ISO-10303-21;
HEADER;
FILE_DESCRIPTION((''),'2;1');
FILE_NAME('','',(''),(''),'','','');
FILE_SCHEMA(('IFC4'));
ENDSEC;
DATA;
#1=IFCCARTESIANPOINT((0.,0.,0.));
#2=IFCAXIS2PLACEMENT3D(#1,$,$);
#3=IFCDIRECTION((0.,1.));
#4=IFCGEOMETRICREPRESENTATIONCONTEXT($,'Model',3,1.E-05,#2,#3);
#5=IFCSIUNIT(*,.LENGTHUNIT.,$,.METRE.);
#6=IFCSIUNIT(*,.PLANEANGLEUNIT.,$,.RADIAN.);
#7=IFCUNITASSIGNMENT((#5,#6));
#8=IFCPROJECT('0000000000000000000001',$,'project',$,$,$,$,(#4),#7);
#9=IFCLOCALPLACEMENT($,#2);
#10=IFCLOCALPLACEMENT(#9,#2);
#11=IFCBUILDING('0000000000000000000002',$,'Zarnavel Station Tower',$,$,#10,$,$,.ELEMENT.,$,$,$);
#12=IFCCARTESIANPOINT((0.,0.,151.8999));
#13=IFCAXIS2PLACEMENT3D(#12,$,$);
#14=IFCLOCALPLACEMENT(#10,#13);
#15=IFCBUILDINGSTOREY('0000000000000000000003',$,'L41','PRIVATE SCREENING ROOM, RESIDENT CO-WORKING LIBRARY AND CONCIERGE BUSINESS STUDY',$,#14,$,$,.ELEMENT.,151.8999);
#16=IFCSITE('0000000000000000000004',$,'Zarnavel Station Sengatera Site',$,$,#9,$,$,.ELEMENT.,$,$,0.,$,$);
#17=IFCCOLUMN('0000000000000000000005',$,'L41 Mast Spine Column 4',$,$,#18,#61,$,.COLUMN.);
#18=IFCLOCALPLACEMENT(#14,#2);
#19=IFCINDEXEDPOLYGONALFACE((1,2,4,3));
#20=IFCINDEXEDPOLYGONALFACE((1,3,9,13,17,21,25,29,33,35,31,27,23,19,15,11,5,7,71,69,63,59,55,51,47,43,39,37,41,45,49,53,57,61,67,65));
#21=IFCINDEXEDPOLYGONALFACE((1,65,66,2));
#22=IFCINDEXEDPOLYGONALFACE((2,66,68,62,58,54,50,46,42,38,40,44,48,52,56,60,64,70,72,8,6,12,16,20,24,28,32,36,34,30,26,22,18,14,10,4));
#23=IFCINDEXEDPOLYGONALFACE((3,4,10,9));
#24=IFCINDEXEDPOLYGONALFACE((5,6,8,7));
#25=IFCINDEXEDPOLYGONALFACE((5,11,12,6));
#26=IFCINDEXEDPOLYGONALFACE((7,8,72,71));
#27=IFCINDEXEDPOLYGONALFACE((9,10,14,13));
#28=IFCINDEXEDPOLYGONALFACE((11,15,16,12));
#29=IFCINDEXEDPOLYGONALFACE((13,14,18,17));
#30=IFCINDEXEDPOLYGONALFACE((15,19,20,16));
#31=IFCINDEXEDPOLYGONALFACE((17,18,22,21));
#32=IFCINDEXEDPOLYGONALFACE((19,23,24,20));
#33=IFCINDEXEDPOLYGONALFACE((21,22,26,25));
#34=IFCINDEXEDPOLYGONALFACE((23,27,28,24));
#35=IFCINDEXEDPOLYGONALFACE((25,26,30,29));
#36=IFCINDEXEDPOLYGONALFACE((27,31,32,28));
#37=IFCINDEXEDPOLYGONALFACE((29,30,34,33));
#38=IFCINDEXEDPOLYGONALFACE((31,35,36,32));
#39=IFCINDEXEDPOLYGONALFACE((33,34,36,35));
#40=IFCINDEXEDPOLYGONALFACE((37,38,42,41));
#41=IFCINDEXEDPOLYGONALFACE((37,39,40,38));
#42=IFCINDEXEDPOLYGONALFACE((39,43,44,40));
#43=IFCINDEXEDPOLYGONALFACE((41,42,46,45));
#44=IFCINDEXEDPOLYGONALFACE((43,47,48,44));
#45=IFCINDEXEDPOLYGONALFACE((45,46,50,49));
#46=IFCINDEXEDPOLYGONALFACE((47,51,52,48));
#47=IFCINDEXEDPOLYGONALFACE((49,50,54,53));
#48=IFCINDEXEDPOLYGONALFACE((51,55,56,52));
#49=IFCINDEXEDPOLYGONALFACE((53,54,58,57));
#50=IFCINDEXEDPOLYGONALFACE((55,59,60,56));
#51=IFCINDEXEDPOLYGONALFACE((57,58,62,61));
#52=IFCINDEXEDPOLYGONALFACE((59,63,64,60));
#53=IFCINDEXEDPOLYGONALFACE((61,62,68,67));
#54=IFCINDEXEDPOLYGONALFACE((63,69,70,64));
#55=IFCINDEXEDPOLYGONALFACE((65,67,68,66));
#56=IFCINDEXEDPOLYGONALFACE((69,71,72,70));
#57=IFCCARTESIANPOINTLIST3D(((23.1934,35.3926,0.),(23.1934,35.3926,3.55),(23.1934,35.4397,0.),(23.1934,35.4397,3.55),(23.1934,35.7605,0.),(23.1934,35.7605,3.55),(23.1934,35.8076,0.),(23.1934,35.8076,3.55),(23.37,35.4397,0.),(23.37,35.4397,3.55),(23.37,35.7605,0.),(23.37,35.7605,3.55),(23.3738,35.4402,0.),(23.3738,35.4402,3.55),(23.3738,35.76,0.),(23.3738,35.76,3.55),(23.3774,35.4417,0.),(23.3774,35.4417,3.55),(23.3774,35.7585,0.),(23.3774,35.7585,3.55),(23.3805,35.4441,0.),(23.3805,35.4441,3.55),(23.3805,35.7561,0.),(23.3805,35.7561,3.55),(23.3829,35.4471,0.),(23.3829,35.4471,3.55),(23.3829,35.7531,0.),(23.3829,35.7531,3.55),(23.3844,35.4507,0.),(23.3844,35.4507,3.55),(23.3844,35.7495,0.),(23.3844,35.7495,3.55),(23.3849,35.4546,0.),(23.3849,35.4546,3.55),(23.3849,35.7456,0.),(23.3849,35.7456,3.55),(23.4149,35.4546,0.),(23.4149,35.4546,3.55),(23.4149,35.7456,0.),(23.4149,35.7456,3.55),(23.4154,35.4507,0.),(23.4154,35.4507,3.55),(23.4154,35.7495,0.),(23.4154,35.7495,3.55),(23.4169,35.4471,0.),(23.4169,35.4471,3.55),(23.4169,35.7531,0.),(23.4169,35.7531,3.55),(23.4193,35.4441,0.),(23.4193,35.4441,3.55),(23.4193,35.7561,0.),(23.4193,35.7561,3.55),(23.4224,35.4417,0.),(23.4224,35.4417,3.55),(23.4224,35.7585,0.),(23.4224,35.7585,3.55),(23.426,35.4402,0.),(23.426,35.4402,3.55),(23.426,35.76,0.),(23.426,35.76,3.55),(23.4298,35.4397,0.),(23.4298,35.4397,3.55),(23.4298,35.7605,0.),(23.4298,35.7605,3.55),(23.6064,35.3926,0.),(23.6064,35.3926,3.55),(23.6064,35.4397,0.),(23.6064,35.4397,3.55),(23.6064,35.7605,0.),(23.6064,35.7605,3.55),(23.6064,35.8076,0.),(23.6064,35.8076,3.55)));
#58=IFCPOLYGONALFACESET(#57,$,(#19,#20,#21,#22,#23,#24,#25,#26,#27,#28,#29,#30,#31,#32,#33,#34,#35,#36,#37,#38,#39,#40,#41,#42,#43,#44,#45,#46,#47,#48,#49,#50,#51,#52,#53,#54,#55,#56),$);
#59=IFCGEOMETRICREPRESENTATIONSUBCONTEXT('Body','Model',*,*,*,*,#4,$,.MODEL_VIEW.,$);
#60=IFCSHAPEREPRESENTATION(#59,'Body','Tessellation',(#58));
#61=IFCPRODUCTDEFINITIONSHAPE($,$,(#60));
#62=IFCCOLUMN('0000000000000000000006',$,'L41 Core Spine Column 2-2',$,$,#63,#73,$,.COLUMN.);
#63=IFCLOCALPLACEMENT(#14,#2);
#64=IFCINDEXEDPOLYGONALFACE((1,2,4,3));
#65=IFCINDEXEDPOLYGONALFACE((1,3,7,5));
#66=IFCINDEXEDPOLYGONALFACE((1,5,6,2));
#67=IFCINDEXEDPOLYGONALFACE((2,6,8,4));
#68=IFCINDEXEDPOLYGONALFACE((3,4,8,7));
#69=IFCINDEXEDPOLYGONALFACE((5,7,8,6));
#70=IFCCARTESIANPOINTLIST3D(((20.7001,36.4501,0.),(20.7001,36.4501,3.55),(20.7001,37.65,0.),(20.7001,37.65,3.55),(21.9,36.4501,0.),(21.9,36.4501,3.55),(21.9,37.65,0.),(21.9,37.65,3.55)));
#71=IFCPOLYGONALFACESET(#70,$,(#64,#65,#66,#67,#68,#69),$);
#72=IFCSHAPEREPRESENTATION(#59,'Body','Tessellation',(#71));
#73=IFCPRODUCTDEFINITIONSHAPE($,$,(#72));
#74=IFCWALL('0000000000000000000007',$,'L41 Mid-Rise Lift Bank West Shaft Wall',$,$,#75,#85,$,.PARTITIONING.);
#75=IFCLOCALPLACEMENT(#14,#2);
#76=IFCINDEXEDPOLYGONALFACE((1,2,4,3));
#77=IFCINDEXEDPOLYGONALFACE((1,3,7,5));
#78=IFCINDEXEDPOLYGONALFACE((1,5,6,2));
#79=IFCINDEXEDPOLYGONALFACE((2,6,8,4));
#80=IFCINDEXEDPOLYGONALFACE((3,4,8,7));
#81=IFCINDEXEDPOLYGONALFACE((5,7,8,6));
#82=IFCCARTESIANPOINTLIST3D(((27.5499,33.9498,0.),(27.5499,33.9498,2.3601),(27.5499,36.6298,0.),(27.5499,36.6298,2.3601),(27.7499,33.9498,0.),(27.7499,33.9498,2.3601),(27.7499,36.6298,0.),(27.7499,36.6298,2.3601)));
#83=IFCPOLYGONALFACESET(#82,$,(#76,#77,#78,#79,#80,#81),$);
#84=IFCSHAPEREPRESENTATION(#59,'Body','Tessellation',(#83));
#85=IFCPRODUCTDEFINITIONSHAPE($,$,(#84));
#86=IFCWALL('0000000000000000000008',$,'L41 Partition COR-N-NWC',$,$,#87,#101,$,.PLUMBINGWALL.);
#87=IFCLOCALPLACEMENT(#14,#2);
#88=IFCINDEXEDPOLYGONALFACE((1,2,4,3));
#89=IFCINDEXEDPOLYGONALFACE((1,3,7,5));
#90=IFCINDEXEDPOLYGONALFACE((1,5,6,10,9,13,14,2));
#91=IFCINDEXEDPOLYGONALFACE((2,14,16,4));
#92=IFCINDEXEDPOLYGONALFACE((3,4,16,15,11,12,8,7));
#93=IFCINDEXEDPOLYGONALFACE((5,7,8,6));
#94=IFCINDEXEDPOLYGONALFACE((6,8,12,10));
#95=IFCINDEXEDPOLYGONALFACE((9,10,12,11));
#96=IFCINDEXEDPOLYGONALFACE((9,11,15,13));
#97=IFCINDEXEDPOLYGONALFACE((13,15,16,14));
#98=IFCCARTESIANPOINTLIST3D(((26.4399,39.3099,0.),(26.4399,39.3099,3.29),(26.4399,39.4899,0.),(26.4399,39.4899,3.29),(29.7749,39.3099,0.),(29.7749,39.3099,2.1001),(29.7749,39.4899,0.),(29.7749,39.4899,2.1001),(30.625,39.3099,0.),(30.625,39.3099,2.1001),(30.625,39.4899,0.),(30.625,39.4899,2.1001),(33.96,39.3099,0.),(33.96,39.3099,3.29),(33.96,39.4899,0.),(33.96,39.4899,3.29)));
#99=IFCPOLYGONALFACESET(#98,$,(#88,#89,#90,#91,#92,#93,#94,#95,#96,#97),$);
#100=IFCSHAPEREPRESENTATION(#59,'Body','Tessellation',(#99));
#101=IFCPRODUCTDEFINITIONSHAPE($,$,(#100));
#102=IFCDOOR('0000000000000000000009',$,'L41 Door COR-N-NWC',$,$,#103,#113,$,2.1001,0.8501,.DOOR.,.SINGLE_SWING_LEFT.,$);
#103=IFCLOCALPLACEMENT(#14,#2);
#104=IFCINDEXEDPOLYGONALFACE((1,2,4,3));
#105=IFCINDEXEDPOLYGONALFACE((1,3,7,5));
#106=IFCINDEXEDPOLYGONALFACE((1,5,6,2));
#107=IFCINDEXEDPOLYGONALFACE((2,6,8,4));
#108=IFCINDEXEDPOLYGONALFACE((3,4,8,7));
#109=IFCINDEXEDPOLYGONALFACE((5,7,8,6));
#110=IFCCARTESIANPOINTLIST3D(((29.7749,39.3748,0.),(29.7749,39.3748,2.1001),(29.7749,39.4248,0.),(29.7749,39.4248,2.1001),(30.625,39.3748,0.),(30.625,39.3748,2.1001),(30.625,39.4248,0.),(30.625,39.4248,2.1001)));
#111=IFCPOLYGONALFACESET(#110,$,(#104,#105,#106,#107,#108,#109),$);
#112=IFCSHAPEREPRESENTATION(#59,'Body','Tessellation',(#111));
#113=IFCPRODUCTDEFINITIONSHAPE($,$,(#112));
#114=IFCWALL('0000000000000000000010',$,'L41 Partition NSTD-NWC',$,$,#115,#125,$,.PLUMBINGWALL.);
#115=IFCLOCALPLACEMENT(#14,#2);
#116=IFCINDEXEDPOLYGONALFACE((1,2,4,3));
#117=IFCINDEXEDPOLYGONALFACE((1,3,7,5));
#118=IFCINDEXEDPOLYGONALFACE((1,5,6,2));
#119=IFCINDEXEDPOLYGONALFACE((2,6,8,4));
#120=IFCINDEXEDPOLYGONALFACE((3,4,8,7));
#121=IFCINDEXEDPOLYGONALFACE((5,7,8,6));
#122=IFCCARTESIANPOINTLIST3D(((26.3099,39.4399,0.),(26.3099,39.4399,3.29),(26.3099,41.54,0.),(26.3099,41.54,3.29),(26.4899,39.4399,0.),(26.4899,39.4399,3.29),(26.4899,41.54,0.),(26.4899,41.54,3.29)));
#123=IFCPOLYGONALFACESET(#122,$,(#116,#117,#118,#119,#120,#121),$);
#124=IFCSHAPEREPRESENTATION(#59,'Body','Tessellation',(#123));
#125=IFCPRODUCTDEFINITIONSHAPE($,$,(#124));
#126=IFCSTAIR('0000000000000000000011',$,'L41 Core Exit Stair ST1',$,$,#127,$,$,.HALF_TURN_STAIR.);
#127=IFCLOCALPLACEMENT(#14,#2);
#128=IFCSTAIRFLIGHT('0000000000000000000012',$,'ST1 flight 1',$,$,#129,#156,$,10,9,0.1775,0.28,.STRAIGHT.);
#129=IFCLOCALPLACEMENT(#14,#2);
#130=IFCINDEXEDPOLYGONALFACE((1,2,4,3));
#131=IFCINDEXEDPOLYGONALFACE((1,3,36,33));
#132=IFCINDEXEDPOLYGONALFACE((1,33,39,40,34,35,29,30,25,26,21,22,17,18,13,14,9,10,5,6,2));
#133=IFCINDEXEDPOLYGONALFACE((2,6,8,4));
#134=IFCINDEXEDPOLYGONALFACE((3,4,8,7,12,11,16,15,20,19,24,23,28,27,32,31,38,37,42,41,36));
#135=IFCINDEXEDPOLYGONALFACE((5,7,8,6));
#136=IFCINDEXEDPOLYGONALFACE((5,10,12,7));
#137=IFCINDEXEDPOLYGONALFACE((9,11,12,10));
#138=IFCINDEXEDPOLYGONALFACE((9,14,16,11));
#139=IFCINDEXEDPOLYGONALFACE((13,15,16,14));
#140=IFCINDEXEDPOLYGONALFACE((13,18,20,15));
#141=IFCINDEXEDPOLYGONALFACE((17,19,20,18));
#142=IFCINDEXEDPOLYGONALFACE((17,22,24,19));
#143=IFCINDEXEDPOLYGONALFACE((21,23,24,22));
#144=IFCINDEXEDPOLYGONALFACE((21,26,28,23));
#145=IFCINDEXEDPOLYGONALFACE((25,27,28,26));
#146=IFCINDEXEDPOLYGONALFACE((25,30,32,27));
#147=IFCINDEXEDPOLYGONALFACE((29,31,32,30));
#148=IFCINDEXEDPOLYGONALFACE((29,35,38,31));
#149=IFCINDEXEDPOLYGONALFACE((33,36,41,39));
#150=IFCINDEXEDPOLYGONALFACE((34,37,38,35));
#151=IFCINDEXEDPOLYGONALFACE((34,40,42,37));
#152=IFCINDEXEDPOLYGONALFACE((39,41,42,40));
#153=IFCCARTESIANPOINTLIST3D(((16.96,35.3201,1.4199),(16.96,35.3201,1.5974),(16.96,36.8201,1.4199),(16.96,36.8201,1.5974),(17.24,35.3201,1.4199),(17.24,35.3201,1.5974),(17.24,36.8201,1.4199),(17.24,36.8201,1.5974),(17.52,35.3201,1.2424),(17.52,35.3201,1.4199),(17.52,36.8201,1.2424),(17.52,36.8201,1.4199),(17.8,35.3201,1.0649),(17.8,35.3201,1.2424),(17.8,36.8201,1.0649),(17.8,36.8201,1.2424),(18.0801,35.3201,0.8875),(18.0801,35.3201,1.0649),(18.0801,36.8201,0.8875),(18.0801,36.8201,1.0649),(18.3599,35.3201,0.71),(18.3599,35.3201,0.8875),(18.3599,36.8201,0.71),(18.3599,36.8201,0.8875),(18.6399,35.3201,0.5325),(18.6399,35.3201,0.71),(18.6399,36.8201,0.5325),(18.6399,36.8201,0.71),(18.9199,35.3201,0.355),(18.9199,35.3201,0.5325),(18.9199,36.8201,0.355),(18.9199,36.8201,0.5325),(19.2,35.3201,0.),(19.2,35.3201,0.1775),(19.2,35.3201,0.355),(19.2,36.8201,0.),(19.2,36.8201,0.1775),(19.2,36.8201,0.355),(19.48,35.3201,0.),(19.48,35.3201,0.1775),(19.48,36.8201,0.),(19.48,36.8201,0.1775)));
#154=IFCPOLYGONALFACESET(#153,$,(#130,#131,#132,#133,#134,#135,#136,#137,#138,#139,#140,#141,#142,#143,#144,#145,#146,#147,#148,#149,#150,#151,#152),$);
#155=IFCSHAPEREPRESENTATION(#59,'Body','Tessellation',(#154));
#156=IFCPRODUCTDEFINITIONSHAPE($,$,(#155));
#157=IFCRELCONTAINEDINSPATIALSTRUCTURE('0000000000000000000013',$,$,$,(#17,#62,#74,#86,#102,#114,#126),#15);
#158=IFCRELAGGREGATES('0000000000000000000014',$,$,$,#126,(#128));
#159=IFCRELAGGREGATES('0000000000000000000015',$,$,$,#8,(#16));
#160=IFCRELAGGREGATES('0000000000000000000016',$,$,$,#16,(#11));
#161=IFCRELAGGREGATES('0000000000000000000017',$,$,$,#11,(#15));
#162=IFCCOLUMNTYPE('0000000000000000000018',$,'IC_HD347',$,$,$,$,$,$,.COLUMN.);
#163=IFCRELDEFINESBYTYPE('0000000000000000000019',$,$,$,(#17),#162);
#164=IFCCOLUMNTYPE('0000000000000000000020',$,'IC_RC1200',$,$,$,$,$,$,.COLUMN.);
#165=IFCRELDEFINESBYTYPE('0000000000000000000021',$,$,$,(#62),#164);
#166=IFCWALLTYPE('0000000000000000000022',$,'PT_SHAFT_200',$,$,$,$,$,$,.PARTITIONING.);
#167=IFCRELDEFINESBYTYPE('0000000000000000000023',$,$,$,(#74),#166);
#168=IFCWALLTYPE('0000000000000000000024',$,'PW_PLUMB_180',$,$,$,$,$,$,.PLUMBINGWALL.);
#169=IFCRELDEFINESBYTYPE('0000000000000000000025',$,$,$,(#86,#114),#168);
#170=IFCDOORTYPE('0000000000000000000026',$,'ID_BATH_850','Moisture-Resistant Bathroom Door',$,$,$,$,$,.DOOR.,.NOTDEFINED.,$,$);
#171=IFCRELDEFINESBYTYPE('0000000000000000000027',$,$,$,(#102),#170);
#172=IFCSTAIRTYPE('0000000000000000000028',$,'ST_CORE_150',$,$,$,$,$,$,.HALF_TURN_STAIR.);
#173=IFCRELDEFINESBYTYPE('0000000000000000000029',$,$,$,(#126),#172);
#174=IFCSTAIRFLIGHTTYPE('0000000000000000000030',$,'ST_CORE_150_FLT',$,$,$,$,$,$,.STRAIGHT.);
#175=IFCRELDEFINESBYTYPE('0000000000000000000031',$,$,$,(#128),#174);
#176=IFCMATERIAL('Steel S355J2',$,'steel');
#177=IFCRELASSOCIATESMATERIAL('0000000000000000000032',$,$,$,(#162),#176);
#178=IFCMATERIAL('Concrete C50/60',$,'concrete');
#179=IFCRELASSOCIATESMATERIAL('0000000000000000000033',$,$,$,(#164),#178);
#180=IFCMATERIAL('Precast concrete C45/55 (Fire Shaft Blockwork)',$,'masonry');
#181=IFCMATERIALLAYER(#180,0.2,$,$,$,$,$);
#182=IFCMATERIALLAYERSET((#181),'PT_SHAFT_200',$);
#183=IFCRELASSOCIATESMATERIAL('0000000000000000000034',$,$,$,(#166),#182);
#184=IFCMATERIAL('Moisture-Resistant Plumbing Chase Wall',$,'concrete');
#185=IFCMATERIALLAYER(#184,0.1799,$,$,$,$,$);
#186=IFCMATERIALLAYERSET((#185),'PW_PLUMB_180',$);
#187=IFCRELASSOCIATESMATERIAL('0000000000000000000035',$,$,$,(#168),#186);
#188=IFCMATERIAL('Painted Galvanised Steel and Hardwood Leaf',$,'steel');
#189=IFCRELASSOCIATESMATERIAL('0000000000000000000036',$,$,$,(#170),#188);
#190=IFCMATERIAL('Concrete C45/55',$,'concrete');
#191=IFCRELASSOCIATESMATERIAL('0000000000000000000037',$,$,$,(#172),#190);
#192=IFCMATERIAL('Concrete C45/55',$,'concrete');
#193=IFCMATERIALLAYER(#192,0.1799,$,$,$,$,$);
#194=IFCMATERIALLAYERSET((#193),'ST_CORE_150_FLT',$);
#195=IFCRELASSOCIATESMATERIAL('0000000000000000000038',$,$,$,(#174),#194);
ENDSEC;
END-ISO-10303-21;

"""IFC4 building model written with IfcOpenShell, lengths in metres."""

from ifc_helpers import new_model, si_unit, direction, frame, frame_2d, origin, origin_2d, place, context, subcontext, project, spatial, polyline, rectangle, i_section, outline, extrude, material, layer, layer_set, material_profile, profile_set, type_object, element, fill, aggregate, save


model = new_model("IFC4")

# Units and contexts
model_context = context("Model", 3, precision=1e-05, world=origin(), true_north=direction((0.0, 1.0)))
body_context = subcontext(model_context, "Body", "Model", "MODEL_VIEW")
ifc_project = project(units=[si_unit("LENGTHUNIT", "METRE"), si_unit("PLANEANGLEUNIT", "RADIAN")], contexts=[model_context])

# Site, building, storey
site_placement = place(None, origin())
site = spatial("IfcSite", under=ifc_project, at=site_placement, Name="Zarnavel Station Sengatera Site", CompositionType="ELEMENT", RefElevation=0.0)
building_placement = place(site_placement, origin())
building = spatial("IfcBuilding", under=site, at=building_placement, Name="Zarnavel Station Tower", CompositionType="ELEMENT")
storey_placement = place(building_placement, frame((0.0, 0.0, 151.8999)))
storey = spatial("IfcBuildingStorey", under=building, at=storey_placement, Name="L41", Description="PRIVATE SCREENING ROOM, RESIDENT CO-WORKING LIBRARY AND CONCIERGE BUSINESS STUDY", CompositionType="ELEMENT", Elevation=151.8999)

# Columns
ifc_material_1 = material(Name="Steel S355J2", Category="steel")
ifc_material_profile_1 = material_profile(ifc_material_1, i_section(OverallWidth=0.4131, OverallDepth=0.415, WebThickness=0.03, FlangeThickness=0.0471, FilletRadius=0.0149, at=origin_2d()), Name="HD400x347")
ifc_profile_set_1 = profile_set([ifc_material_profile_1], Name="Steel S355J2")
column_type_1 = type_object("IfcColumnType", Name="IC_HD347", PredefinedType="COLUMN", material=ifc_profile_set_1)
column_1_placement = place(storey_placement, frame((23.3999, 35.6001, 0.0), z_axis=(0.0, 0.0, 1.0), x_axis=(1.0, 0.0, 0.0)))
element("IfcColumn", 1, at=column_1_placement, inside=storey, type_object=column_type_1, Name="L41 Mast Spine Column 4", PredefinedType="COLUMN", context=body_context, shape_type="SweptSolid", body=[
    extrude(i_section(OverallWidth=0.4131, OverallDepth=0.415, WebThickness=0.03, FlangeThickness=0.0471, FilletRadius=0.0149, at=origin_2d()), origin(), (0.0, 0.0, 1.0), 3.55),
])
ifc_material_2 = material(Name="Concrete C50/60", Category="concrete")
ifc_material_profile_2 = material_profile(ifc_material_2, rectangle(XDim=1.2, YDim=1.2, at=origin_2d()), Name="RC1200x1200")
ifc_profile_set_2 = profile_set([ifc_material_profile_2], Name="Concrete C50/60")
column_type_2 = type_object("IfcColumnType", Name="IC_RC1200", PredefinedType="COLUMN", material=ifc_profile_set_2)
column_2_placement = place(storey_placement, frame((21.3, 37.05, 0.0), z_axis=(0.0, 0.0, 1.0), x_axis=(1.0, 0.0, 0.0)))
element("IfcColumn", 2, at=column_2_placement, inside=storey, type_object=column_type_2, Name="L41 Core Spine Column 2-2", PredefinedType="COLUMN", context=body_context, shape_type="SweptSolid", body=[
    extrude(rectangle(XDim=1.2, YDim=1.2, at=origin_2d()), origin(), (0.0, 0.0, 1.0), 3.55),
])

# Shared definitions
ifc_material_3 = material(Name="Precast concrete C45/55 (Fire Shaft Blockwork)", Category="masonry")
ifc_layer_1 = layer(ifc_material_3, 0.2)
ifc_layer_set_1 = layer_set([ifc_layer_1], Name="PT_SHAFT_200")
wall_type_1 = type_object("IfcWallType", Name="PT_SHAFT_200", PredefinedType="PARTITIONING", material=ifc_layer_set_1)

# Wall
wall_1_placement = place(storey_placement, frame((27.6499, 33.95, 0.0), z_axis=(0.0, 0.0, 1.0), x_axis=(0.0, 1.0, 0.0)))
element("IfcWall", 3, at=wall_1_placement, inside=storey, type_object=wall_type_1, Name="L41 Mid-Rise Lift Bank West Shaft Wall", PredefinedType="PARTITIONING", context=body_context, shape_type="SweptSolid", body=[
    extrude(rectangle(XDim=2.6799, YDim=0.2, at=frame_2d((1.3398, 0.0))), origin(), (0.0, 0.0, 1.0), 2.3601),
])

# Wall, opening, door
ifc_material_4 = material(Name="Moisture-Resistant Plumbing Chase Wall", Category="concrete")
ifc_layer_2 = layer(ifc_material_4, 0.1799)
ifc_layer_set_2 = layer_set([ifc_layer_2], Name="PW_PLUMB_180")
wall_type_2 = type_object("IfcWallType", Name="PW_PLUMB_180", PredefinedType="PLUMBINGWALL", material=ifc_layer_set_2)
wall_2_placement = place(storey_placement, frame((26.4399, 39.3999, 0.0), z_axis=(0.0, 0.0, 1.0), x_axis=(1.0, 0.0, 0.0)))
wall_2 = element("IfcWall", 4, at=wall_2_placement, inside=storey, type_object=wall_type_2, Name="L41 Partition COR-N-NWC", PredefinedType="PLUMBINGWALL", context=body_context, shape_type="SweptSolid", body=[
    extrude(rectangle(XDim=7.52, YDim=0.1799, at=frame_2d((3.76, 0.0))), origin(), (0.0, 0.0, 1.0), 3.29),
])
opening_1_placement = place(wall_2_placement, frame((3.335, 0.0, 0.0)))
opening_1 = element("IfcOpeningElement", 5, at=opening_1_placement, cuts=wall_2, PredefinedType="OPENING", context=body_context, shape_type="SweptSolid", body=[
    extrude(rectangle(XDim=0.8501, YDim=2.1001, at=frame_2d((0.425, 1.05))), frame((0.0, 0.0999, 0.0), z_axis=(0.0, -1.0, 0.0), x_axis=(1.0, 0.0, 0.0)), (0.0, 0.0, 1.0), 0.2),
])
ifc_material_5 = material(Name="Painted Galvanised Steel and Hardwood Leaf", Category="steel")
door_type_1 = type_object("IfcDoorType", Name="ID_BATH_850", Description="Moisture-Resistant Bathroom Door", OperationType="NOTDEFINED", PredefinedType="DOOR", material=ifc_material_5)
door_1_placement = place(opening_1_placement, origin())
door_1 = element("IfcDoor", 6, at=door_1_placement, inside=storey, type_object=door_type_1, Name="L41 Door COR-N-NWC", OperationType="SINGLE_SWING_LEFT", OverallHeight=2.1001, OverallWidth=0.8501, PredefinedType="DOOR", context=body_context, shape_type="SweptSolid", body=[
    extrude(rectangle(XDim=0.8501, YDim=2.1001, at=frame_2d((0.425, 1.05))), frame((0.0, 0.0249, 0.0), z_axis=(0.0, -1.0, 0.0), x_axis=(1.0, 0.0, 0.0)), (0.0, 0.0, 1.0), 0.05),
])
fill(opening_1, door_1)

# Wall
wall_3_placement = place(storey_placement, frame((26.3999, 39.4399, 0.0), z_axis=(0.0, 0.0, 1.0), x_axis=(0.0, 1.0, 0.0)))
element("IfcWall", 7, at=wall_3_placement, inside=storey, type_object=wall_type_2, Name="L41 Partition NSTD-NWC", PredefinedType="PLUMBINGWALL", context=body_context, shape_type="SweptSolid", body=[
    extrude(rectangle(XDim=2.1001, YDim=0.1799, at=frame_2d((1.05, 0.0))), origin(), (0.0, 0.0, 1.0), 3.29),
])

# Stair, stair flight
ifc_material_6 = material(Name="Concrete C45/55", Category="concrete")
stair_type = type_object("IfcStairType", Name="ST_CORE_150", PredefinedType="HALF_TURN_STAIR", material=ifc_material_6)
stair_placement = place(storey_placement, origin())
stair = element("IfcStair", 8, at=stair_placement, inside=storey, type_object=stair_type, Name="L41 Core Exit Stair ST1", PredefinedType="HALF_TURN_STAIR")
ifc_material_7 = material(Name="Concrete C45/55", Category="concrete")
ifc_layer_3 = layer(ifc_material_7, 0.1799)
ifc_layer_set_3 = layer_set([ifc_layer_3], Name="ST_CORE_150_FLT")
stair_flight_type = type_object("IfcStairFlightType", Name="ST_CORE_150_FLT", PredefinedType="STRAIGHT", material=ifc_layer_set_3)
stair_flight_1_placement = place(storey_placement, frame((19.48, 36.0701, 0.0), z_axis=(0.0, 0.0, 1.0), x_axis=(-1.0, 0.0, 0.0)))
stair_flight_1 = element("IfcStairFlight", 9, at=stair_flight_1_placement, type_object=stair_flight_type, Name="ST1 flight 1", NumberOfRisers=10, NumberOfTreads=9, PredefinedType="STRAIGHT", RiserHeight=0.1775, TreadLength=0.28, context=body_context, shape_type="SweptSolid", body=[
    extrude(outline(polyline([(0.0, 0.0), (0.0, 0.1775), (0.28, 0.1775), (0.28, 0.355), (0.5601, 0.355), (0.5601, 0.5325), (0.8401, 0.5325), (0.8401, 0.71), (1.1201, 0.71), (1.1201, 0.8875), (1.3999, 0.8875), (1.3999, 1.0649), (1.6799, 1.0649), (1.6799, 1.2424), (1.96, 1.2424), (1.96, 1.4199), (2.24, 1.4199), (2.24, 1.5974), (2.52, 1.5974), (2.52, 1.7749), (2.52, 1.4199), (0.28, 0.0), (0.0, 0.0)])), frame((0.0, 0.75, 0.0), z_axis=(0.0, -1.0, 0.0), x_axis=(1.0, 0.0, 0.0)), (0.0, 0.0, 1.0), 1.5),
])
aggregate(stair, [stair_flight_1])

save(model, "model.ifc")
